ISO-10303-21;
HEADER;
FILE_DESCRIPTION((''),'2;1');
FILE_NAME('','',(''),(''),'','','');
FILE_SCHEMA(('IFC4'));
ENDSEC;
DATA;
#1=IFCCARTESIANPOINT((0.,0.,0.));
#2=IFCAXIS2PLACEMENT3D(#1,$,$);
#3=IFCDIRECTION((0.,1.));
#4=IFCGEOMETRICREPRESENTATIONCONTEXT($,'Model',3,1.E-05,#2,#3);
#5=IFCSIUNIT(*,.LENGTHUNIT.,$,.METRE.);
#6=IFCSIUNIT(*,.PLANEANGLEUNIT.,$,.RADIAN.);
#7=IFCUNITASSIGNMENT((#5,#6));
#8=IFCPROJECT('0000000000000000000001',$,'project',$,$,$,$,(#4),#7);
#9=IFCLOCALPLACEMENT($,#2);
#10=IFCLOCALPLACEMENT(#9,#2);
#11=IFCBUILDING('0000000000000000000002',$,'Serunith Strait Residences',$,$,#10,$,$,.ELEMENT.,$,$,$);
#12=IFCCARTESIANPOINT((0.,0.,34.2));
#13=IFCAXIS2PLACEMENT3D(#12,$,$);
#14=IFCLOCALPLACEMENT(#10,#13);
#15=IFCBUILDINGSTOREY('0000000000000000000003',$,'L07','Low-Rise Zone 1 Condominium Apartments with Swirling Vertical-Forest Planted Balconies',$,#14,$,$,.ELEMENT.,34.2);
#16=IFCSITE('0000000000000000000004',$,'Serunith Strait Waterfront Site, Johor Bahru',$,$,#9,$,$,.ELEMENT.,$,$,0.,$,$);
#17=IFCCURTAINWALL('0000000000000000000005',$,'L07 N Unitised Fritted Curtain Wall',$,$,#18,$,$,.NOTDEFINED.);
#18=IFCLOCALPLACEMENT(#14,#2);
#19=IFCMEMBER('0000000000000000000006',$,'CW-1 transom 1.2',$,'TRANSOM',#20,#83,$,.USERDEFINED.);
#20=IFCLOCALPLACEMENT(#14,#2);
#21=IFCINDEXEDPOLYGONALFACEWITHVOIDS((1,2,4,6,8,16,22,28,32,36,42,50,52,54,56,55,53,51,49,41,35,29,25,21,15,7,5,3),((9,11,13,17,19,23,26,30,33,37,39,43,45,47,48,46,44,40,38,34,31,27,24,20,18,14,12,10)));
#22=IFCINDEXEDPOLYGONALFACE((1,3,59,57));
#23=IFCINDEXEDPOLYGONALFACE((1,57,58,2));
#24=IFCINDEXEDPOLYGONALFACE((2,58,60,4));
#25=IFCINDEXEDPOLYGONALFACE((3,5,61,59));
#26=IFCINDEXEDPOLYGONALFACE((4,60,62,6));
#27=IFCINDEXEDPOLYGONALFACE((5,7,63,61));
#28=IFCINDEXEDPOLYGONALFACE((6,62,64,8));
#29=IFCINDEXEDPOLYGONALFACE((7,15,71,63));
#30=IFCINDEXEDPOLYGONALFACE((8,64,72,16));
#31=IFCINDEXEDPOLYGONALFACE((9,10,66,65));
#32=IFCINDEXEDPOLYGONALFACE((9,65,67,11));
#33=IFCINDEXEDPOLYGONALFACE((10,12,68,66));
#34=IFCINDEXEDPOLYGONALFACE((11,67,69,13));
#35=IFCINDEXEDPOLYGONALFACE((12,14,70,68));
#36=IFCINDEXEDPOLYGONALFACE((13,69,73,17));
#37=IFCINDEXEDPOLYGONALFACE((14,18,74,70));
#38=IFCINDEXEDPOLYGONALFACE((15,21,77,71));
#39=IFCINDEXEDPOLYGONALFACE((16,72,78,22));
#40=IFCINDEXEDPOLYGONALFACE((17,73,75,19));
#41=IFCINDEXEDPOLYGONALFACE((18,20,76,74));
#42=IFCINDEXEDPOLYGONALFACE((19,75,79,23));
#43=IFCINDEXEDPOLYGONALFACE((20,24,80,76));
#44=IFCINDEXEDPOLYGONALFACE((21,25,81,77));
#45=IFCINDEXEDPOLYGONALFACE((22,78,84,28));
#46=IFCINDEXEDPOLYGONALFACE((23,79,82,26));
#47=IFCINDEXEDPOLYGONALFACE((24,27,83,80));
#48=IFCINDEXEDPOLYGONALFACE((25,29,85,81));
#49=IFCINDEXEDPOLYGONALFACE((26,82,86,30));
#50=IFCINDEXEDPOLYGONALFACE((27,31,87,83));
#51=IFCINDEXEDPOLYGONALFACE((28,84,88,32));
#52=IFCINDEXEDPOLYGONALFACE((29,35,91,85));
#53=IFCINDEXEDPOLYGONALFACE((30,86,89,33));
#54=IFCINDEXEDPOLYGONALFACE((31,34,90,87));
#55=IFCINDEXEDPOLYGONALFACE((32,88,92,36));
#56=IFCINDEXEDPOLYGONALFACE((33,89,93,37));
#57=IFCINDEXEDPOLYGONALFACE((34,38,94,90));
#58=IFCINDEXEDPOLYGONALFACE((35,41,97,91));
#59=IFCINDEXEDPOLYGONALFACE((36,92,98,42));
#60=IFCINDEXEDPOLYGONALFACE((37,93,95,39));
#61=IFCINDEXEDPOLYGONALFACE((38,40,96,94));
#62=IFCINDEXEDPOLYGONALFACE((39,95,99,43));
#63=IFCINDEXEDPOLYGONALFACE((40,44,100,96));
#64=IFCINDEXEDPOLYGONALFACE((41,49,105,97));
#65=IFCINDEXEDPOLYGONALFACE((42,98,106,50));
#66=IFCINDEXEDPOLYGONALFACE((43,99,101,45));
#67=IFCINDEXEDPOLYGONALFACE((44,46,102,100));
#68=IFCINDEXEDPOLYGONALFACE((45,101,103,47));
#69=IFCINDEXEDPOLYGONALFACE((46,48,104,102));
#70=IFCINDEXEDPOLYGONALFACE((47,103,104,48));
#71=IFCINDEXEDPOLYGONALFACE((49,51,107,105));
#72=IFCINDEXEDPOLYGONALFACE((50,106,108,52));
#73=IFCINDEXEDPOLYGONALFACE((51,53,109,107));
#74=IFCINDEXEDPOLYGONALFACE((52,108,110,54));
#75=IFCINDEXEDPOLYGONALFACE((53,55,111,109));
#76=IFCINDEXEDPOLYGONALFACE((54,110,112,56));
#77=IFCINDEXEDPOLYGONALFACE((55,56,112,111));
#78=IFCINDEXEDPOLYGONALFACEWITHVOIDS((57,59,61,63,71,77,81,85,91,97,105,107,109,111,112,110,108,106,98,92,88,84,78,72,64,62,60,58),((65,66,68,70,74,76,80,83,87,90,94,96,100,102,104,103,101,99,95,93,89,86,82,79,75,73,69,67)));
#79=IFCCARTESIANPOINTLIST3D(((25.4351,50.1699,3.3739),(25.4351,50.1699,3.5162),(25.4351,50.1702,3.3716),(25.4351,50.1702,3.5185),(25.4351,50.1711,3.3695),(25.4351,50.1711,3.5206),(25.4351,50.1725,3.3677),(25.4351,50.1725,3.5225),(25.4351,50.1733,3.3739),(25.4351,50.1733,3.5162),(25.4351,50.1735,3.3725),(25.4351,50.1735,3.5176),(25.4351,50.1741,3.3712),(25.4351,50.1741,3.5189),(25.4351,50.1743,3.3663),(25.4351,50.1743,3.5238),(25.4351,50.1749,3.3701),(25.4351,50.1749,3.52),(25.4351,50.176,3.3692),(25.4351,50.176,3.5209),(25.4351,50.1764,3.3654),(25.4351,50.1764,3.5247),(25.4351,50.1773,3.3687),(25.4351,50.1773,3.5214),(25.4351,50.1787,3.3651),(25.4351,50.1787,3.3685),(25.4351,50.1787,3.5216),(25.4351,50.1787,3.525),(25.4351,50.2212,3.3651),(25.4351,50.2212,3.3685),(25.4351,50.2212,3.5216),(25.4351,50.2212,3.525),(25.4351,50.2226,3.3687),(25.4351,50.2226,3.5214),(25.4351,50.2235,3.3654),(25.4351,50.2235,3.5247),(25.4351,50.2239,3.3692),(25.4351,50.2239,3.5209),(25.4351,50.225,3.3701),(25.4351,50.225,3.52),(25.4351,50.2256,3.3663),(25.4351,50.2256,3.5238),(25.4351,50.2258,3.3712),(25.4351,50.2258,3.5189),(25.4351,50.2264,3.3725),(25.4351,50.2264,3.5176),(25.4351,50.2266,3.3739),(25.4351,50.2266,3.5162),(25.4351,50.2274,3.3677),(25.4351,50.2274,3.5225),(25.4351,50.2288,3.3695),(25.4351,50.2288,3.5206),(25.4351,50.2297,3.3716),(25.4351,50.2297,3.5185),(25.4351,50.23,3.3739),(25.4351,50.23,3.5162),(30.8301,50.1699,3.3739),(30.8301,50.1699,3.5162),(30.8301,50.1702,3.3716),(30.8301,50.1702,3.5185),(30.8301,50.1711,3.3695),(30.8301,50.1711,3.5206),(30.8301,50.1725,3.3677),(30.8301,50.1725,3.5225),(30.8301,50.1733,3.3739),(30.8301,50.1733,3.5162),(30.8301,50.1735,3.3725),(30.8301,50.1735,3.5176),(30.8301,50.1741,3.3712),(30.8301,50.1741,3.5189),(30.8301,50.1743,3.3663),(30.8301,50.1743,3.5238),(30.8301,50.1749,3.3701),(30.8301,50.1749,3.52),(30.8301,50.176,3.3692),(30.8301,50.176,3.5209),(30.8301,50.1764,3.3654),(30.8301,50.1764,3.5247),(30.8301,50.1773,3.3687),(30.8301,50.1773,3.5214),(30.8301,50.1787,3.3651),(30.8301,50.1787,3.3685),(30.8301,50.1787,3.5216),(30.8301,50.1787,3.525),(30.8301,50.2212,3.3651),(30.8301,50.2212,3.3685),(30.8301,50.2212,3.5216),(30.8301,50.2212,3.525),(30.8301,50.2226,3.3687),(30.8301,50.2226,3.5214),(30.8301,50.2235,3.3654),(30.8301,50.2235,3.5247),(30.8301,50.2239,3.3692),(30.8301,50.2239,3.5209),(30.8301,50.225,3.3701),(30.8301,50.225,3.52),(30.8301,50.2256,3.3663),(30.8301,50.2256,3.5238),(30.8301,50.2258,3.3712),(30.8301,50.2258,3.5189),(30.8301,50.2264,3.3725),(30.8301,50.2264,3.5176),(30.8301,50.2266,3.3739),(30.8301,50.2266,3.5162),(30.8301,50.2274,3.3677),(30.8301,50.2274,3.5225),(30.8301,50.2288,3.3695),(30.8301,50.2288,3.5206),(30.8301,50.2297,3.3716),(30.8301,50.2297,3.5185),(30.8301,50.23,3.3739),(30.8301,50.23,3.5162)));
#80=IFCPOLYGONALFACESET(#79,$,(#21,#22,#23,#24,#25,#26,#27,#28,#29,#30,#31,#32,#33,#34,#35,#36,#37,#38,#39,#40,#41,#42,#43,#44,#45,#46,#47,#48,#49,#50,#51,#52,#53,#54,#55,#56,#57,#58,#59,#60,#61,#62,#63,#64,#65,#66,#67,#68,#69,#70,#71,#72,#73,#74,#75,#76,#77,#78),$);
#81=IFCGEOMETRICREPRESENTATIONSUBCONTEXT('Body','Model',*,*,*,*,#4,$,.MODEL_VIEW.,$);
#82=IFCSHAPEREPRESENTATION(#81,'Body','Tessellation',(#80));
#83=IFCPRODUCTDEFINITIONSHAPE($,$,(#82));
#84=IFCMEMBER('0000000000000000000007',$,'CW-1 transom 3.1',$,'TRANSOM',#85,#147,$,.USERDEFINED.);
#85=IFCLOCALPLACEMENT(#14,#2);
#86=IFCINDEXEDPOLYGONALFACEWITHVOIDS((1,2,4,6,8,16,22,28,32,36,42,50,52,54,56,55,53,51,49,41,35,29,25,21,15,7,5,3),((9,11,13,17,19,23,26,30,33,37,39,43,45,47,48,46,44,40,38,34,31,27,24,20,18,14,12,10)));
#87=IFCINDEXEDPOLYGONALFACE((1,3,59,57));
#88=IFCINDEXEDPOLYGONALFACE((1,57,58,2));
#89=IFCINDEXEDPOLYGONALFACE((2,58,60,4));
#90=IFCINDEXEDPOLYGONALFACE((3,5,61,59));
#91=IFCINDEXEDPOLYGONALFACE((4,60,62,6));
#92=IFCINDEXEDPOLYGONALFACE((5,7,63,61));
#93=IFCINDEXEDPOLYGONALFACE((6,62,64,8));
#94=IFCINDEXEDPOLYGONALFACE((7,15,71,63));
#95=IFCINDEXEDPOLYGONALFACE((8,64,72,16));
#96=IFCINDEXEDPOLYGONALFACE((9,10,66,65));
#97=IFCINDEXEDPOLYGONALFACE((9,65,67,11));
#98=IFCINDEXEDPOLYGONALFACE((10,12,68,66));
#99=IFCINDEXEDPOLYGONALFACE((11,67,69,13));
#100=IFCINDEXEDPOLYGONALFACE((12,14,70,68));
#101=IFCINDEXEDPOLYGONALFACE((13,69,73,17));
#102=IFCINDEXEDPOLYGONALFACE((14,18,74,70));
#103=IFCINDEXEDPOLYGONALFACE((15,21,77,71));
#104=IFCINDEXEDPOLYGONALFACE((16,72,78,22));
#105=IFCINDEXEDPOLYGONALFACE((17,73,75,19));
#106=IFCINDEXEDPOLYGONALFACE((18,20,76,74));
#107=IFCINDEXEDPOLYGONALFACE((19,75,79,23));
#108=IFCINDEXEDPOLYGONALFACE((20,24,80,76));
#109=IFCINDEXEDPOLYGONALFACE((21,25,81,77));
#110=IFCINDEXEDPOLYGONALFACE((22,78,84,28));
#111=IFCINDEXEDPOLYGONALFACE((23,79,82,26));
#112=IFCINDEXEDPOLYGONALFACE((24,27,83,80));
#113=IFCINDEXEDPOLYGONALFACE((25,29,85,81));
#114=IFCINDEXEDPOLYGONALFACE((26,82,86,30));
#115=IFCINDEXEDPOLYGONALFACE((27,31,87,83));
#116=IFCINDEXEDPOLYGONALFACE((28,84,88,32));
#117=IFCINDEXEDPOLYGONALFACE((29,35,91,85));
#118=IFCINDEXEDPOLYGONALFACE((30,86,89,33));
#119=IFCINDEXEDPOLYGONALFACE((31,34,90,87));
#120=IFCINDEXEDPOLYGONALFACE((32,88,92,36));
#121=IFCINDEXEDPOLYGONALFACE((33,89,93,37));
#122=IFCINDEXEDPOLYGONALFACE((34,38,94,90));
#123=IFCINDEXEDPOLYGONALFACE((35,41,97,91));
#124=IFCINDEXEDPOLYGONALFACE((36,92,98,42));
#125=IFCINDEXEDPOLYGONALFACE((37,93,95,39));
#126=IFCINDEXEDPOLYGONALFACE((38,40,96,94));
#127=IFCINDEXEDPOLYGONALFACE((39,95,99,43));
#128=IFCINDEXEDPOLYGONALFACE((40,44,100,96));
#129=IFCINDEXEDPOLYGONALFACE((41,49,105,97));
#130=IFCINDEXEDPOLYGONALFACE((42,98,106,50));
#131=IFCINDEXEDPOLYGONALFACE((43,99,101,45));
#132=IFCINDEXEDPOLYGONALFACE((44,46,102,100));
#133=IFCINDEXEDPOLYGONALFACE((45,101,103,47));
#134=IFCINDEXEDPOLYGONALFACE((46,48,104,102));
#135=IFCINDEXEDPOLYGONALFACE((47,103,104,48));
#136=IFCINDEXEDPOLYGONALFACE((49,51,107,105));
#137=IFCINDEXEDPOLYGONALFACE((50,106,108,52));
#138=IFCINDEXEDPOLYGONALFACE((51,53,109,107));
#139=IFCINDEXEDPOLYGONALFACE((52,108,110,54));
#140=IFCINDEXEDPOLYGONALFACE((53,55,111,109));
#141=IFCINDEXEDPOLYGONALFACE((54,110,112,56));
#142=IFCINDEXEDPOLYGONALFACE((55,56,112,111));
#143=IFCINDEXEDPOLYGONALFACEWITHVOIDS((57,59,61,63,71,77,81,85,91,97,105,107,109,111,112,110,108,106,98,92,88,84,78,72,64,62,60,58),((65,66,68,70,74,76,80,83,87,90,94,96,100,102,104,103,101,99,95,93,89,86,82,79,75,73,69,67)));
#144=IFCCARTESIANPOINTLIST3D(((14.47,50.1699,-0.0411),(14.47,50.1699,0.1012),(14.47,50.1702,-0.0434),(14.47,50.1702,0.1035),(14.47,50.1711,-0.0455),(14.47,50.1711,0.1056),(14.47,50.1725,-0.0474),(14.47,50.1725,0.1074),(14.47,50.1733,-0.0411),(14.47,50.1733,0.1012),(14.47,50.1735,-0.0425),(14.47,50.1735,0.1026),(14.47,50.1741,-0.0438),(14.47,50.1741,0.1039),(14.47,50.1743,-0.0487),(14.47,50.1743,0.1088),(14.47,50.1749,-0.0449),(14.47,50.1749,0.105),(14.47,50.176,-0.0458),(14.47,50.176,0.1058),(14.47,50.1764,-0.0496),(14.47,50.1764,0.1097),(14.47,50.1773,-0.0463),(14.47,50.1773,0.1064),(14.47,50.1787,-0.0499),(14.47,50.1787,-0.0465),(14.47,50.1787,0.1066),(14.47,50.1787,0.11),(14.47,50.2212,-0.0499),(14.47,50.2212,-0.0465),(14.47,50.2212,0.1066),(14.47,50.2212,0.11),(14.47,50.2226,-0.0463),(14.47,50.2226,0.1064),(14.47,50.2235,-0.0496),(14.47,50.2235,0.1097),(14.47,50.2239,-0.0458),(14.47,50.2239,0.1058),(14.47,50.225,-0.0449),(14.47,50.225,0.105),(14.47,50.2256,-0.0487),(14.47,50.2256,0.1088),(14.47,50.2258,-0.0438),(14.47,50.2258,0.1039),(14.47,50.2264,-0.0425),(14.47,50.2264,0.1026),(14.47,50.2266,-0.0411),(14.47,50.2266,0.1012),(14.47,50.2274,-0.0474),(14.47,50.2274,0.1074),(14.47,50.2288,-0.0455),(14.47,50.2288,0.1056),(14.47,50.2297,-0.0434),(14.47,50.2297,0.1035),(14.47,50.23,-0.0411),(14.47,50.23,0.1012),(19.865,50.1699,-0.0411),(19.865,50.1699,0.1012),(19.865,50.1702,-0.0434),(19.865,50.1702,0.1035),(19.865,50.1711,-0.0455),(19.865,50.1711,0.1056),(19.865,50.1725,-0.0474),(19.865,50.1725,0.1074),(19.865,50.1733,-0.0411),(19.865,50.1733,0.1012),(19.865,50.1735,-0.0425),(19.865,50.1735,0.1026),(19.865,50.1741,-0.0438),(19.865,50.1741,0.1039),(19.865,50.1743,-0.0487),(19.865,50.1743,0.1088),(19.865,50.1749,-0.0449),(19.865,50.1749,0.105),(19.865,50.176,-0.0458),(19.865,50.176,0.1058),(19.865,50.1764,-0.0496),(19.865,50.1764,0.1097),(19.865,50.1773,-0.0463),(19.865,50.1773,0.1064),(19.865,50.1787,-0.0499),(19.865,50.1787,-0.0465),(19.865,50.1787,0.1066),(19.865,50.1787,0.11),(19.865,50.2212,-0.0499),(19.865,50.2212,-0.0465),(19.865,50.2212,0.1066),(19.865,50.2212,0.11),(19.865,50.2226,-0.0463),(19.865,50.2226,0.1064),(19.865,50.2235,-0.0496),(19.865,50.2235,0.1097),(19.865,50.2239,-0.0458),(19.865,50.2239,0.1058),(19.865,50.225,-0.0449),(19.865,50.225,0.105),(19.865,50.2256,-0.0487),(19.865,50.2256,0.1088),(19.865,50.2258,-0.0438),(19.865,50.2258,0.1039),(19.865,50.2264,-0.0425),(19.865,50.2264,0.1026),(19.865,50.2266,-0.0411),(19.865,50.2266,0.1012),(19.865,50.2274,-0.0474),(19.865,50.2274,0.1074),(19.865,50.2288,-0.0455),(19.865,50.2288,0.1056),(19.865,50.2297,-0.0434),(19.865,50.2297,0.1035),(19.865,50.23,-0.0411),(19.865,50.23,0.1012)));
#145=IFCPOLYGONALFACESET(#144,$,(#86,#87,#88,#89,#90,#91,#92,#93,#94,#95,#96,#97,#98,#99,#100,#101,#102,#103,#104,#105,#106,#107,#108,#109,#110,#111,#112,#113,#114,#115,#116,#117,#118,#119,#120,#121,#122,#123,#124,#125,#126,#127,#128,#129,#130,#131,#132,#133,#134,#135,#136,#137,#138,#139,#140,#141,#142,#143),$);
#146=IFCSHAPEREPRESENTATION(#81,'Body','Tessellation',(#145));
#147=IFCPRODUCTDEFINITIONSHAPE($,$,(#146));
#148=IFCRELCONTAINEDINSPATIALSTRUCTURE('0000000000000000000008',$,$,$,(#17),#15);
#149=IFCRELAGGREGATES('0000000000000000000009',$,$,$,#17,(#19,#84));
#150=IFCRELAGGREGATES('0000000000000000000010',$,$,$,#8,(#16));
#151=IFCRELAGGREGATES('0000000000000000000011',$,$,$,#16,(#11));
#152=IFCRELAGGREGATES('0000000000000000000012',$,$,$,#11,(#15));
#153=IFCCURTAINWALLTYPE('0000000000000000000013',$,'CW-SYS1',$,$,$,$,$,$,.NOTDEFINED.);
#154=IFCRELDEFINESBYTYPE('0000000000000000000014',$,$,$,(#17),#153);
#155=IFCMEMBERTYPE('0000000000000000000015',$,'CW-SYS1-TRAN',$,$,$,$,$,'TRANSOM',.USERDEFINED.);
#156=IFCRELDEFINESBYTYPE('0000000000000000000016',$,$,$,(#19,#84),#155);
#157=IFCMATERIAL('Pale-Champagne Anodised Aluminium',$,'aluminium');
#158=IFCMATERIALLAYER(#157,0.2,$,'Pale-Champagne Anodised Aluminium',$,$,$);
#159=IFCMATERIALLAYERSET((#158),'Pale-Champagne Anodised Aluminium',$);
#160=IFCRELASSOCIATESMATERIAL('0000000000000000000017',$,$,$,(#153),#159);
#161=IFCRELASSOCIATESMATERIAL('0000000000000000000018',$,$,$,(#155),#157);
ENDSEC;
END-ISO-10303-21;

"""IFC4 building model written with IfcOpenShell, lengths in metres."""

from ifc_helpers import new_model, si_unit, direction, frame, origin, origin_2d, place, context, subcontext, project, spatial, hollow_rectangle, extrude, source, transform, mapped, material, layer, layer_set, material_profile, profile_set, type_object, element, aggregate, save


model = new_model("IFC4")

# Units and contexts
model_context = context("Model", 3, precision=1e-05, world=origin(), true_north=direction((0.0, 1.0)))
body_context = subcontext(model_context, "Body", "Model", "MODEL_VIEW")
ifc_project = project(units=[si_unit("LENGTHUNIT", "METRE"), si_unit("PLANEANGLEUNIT", "RADIAN")], contexts=[model_context])

# Site, building, storey
site_placement = place(None, origin())
site = spatial("IfcSite", under=ifc_project, at=site_placement, Name="Serunith Strait Waterfront Site, Johor Bahru", CompositionType="ELEMENT", RefElevation=0.0)
building_placement = place(site_placement, origin())
building = spatial("IfcBuilding", under=site, at=building_placement, Name="Serunith Strait Residences", CompositionType="ELEMENT")
storey_placement = place(building_placement, frame((0.0, 0.0, 34.2)))
storey = spatial("IfcBuildingStorey", under=building, at=storey_placement, Name="L07", Description="Low-Rise Zone 1 Condominium Apartments with Swirling Vertical-Forest Planted Balconies", CompositionType="ELEMENT", Elevation=34.2)

# Curtain wall, members
ifc_material_1 = material(Name="Pale-Champagne Anodised Aluminium", Category="aluminium")
ifc_layer_1 = layer(ifc_material_1, 0.2, Name="Pale-Champagne Anodised Aluminium")
ifc_layer_set_1 = layer_set([ifc_layer_1], Name="Pale-Champagne Anodised Aluminium")
curtain_wall_type = type_object("IfcCurtainWallType", Name="CW-SYS1", PredefinedType="NOTDEFINED", material=ifc_layer_set_1)
curtain_wall_placement = place(storey_placement, origin())
curtain_wall = element("IfcCurtainWall", 1, at=curtain_wall_placement, inside=storey, type_object=curtain_wall_type, Name="L07 N Unitised Fritted Curtain Wall", PredefinedType="NOTDEFINED")
ifc_material_profile_1 = material_profile(ifc_material_1, hollow_rectangle(XDim=0.0601, YDim=0.1599, WallThickness=0.0034, InnerFilletRadius=0.0054, OuterFilletRadius=0.0088, at=origin_2d()), Name="ALU 160x60x3.5")
ifc_profile_set_1 = profile_set([ifc_material_profile_1], Name="Pale-Champagne Anodised Aluminium")
member_type_1 = type_object("IfcMemberType", Name="CW-SYS1-TRAN", ElementType="TRANSOM", PredefinedType="USERDEFINED", material=ifc_profile_set_1)
shared_shape_1 = source(origin(), body_context, "Body", "SweptSolid", [
    extrude(hollow_rectangle(XDim=0.0601, YDim=0.1599, WallThickness=0.0034, InnerFilletRadius=0.0054, OuterFilletRadius=0.0088, at=origin_2d()), origin(), (0.0, 0.0, 1.0), 5.395),
])
member_1_placement = place(storey_placement, frame((30.8301, 50.2, 3.4451), z_axis=(-1.0, 0.0, 0.0), x_axis=(0.0, -1.0, 0.0)))
member_1 = element("IfcMember", 2, at=member_1_placement, type_object=member_type_1, Name="CW-1 transom 1.2", ObjectType="TRANSOM", PredefinedType="USERDEFINED", context=body_context, shape_type="MappedRepresentation", body=[
    mapped(shared_shape_1, transform((0.0, 0.0, 0.0), scale=1.0)),
])
member_2_placement = place(storey_placement, frame((19.865, 50.2, 0.03), z_axis=(-1.0, 0.0, 0.0), x_axis=(0.0, -1.0, 0.0)))
member_2 = element("IfcMember", 3, at=member_2_placement, type_object=member_type_1, Name="CW-1 transom 3.1", ObjectType="TRANSOM", PredefinedType="USERDEFINED", context=body_context, shape_type="MappedRepresentation", body=[
    mapped(shared_shape_1, transform((0.0, 0.0, 0.0), scale=1.0)),
])
aggregate(curtain_wall, [member_1, member_2])

save(model, "model.ifc")
